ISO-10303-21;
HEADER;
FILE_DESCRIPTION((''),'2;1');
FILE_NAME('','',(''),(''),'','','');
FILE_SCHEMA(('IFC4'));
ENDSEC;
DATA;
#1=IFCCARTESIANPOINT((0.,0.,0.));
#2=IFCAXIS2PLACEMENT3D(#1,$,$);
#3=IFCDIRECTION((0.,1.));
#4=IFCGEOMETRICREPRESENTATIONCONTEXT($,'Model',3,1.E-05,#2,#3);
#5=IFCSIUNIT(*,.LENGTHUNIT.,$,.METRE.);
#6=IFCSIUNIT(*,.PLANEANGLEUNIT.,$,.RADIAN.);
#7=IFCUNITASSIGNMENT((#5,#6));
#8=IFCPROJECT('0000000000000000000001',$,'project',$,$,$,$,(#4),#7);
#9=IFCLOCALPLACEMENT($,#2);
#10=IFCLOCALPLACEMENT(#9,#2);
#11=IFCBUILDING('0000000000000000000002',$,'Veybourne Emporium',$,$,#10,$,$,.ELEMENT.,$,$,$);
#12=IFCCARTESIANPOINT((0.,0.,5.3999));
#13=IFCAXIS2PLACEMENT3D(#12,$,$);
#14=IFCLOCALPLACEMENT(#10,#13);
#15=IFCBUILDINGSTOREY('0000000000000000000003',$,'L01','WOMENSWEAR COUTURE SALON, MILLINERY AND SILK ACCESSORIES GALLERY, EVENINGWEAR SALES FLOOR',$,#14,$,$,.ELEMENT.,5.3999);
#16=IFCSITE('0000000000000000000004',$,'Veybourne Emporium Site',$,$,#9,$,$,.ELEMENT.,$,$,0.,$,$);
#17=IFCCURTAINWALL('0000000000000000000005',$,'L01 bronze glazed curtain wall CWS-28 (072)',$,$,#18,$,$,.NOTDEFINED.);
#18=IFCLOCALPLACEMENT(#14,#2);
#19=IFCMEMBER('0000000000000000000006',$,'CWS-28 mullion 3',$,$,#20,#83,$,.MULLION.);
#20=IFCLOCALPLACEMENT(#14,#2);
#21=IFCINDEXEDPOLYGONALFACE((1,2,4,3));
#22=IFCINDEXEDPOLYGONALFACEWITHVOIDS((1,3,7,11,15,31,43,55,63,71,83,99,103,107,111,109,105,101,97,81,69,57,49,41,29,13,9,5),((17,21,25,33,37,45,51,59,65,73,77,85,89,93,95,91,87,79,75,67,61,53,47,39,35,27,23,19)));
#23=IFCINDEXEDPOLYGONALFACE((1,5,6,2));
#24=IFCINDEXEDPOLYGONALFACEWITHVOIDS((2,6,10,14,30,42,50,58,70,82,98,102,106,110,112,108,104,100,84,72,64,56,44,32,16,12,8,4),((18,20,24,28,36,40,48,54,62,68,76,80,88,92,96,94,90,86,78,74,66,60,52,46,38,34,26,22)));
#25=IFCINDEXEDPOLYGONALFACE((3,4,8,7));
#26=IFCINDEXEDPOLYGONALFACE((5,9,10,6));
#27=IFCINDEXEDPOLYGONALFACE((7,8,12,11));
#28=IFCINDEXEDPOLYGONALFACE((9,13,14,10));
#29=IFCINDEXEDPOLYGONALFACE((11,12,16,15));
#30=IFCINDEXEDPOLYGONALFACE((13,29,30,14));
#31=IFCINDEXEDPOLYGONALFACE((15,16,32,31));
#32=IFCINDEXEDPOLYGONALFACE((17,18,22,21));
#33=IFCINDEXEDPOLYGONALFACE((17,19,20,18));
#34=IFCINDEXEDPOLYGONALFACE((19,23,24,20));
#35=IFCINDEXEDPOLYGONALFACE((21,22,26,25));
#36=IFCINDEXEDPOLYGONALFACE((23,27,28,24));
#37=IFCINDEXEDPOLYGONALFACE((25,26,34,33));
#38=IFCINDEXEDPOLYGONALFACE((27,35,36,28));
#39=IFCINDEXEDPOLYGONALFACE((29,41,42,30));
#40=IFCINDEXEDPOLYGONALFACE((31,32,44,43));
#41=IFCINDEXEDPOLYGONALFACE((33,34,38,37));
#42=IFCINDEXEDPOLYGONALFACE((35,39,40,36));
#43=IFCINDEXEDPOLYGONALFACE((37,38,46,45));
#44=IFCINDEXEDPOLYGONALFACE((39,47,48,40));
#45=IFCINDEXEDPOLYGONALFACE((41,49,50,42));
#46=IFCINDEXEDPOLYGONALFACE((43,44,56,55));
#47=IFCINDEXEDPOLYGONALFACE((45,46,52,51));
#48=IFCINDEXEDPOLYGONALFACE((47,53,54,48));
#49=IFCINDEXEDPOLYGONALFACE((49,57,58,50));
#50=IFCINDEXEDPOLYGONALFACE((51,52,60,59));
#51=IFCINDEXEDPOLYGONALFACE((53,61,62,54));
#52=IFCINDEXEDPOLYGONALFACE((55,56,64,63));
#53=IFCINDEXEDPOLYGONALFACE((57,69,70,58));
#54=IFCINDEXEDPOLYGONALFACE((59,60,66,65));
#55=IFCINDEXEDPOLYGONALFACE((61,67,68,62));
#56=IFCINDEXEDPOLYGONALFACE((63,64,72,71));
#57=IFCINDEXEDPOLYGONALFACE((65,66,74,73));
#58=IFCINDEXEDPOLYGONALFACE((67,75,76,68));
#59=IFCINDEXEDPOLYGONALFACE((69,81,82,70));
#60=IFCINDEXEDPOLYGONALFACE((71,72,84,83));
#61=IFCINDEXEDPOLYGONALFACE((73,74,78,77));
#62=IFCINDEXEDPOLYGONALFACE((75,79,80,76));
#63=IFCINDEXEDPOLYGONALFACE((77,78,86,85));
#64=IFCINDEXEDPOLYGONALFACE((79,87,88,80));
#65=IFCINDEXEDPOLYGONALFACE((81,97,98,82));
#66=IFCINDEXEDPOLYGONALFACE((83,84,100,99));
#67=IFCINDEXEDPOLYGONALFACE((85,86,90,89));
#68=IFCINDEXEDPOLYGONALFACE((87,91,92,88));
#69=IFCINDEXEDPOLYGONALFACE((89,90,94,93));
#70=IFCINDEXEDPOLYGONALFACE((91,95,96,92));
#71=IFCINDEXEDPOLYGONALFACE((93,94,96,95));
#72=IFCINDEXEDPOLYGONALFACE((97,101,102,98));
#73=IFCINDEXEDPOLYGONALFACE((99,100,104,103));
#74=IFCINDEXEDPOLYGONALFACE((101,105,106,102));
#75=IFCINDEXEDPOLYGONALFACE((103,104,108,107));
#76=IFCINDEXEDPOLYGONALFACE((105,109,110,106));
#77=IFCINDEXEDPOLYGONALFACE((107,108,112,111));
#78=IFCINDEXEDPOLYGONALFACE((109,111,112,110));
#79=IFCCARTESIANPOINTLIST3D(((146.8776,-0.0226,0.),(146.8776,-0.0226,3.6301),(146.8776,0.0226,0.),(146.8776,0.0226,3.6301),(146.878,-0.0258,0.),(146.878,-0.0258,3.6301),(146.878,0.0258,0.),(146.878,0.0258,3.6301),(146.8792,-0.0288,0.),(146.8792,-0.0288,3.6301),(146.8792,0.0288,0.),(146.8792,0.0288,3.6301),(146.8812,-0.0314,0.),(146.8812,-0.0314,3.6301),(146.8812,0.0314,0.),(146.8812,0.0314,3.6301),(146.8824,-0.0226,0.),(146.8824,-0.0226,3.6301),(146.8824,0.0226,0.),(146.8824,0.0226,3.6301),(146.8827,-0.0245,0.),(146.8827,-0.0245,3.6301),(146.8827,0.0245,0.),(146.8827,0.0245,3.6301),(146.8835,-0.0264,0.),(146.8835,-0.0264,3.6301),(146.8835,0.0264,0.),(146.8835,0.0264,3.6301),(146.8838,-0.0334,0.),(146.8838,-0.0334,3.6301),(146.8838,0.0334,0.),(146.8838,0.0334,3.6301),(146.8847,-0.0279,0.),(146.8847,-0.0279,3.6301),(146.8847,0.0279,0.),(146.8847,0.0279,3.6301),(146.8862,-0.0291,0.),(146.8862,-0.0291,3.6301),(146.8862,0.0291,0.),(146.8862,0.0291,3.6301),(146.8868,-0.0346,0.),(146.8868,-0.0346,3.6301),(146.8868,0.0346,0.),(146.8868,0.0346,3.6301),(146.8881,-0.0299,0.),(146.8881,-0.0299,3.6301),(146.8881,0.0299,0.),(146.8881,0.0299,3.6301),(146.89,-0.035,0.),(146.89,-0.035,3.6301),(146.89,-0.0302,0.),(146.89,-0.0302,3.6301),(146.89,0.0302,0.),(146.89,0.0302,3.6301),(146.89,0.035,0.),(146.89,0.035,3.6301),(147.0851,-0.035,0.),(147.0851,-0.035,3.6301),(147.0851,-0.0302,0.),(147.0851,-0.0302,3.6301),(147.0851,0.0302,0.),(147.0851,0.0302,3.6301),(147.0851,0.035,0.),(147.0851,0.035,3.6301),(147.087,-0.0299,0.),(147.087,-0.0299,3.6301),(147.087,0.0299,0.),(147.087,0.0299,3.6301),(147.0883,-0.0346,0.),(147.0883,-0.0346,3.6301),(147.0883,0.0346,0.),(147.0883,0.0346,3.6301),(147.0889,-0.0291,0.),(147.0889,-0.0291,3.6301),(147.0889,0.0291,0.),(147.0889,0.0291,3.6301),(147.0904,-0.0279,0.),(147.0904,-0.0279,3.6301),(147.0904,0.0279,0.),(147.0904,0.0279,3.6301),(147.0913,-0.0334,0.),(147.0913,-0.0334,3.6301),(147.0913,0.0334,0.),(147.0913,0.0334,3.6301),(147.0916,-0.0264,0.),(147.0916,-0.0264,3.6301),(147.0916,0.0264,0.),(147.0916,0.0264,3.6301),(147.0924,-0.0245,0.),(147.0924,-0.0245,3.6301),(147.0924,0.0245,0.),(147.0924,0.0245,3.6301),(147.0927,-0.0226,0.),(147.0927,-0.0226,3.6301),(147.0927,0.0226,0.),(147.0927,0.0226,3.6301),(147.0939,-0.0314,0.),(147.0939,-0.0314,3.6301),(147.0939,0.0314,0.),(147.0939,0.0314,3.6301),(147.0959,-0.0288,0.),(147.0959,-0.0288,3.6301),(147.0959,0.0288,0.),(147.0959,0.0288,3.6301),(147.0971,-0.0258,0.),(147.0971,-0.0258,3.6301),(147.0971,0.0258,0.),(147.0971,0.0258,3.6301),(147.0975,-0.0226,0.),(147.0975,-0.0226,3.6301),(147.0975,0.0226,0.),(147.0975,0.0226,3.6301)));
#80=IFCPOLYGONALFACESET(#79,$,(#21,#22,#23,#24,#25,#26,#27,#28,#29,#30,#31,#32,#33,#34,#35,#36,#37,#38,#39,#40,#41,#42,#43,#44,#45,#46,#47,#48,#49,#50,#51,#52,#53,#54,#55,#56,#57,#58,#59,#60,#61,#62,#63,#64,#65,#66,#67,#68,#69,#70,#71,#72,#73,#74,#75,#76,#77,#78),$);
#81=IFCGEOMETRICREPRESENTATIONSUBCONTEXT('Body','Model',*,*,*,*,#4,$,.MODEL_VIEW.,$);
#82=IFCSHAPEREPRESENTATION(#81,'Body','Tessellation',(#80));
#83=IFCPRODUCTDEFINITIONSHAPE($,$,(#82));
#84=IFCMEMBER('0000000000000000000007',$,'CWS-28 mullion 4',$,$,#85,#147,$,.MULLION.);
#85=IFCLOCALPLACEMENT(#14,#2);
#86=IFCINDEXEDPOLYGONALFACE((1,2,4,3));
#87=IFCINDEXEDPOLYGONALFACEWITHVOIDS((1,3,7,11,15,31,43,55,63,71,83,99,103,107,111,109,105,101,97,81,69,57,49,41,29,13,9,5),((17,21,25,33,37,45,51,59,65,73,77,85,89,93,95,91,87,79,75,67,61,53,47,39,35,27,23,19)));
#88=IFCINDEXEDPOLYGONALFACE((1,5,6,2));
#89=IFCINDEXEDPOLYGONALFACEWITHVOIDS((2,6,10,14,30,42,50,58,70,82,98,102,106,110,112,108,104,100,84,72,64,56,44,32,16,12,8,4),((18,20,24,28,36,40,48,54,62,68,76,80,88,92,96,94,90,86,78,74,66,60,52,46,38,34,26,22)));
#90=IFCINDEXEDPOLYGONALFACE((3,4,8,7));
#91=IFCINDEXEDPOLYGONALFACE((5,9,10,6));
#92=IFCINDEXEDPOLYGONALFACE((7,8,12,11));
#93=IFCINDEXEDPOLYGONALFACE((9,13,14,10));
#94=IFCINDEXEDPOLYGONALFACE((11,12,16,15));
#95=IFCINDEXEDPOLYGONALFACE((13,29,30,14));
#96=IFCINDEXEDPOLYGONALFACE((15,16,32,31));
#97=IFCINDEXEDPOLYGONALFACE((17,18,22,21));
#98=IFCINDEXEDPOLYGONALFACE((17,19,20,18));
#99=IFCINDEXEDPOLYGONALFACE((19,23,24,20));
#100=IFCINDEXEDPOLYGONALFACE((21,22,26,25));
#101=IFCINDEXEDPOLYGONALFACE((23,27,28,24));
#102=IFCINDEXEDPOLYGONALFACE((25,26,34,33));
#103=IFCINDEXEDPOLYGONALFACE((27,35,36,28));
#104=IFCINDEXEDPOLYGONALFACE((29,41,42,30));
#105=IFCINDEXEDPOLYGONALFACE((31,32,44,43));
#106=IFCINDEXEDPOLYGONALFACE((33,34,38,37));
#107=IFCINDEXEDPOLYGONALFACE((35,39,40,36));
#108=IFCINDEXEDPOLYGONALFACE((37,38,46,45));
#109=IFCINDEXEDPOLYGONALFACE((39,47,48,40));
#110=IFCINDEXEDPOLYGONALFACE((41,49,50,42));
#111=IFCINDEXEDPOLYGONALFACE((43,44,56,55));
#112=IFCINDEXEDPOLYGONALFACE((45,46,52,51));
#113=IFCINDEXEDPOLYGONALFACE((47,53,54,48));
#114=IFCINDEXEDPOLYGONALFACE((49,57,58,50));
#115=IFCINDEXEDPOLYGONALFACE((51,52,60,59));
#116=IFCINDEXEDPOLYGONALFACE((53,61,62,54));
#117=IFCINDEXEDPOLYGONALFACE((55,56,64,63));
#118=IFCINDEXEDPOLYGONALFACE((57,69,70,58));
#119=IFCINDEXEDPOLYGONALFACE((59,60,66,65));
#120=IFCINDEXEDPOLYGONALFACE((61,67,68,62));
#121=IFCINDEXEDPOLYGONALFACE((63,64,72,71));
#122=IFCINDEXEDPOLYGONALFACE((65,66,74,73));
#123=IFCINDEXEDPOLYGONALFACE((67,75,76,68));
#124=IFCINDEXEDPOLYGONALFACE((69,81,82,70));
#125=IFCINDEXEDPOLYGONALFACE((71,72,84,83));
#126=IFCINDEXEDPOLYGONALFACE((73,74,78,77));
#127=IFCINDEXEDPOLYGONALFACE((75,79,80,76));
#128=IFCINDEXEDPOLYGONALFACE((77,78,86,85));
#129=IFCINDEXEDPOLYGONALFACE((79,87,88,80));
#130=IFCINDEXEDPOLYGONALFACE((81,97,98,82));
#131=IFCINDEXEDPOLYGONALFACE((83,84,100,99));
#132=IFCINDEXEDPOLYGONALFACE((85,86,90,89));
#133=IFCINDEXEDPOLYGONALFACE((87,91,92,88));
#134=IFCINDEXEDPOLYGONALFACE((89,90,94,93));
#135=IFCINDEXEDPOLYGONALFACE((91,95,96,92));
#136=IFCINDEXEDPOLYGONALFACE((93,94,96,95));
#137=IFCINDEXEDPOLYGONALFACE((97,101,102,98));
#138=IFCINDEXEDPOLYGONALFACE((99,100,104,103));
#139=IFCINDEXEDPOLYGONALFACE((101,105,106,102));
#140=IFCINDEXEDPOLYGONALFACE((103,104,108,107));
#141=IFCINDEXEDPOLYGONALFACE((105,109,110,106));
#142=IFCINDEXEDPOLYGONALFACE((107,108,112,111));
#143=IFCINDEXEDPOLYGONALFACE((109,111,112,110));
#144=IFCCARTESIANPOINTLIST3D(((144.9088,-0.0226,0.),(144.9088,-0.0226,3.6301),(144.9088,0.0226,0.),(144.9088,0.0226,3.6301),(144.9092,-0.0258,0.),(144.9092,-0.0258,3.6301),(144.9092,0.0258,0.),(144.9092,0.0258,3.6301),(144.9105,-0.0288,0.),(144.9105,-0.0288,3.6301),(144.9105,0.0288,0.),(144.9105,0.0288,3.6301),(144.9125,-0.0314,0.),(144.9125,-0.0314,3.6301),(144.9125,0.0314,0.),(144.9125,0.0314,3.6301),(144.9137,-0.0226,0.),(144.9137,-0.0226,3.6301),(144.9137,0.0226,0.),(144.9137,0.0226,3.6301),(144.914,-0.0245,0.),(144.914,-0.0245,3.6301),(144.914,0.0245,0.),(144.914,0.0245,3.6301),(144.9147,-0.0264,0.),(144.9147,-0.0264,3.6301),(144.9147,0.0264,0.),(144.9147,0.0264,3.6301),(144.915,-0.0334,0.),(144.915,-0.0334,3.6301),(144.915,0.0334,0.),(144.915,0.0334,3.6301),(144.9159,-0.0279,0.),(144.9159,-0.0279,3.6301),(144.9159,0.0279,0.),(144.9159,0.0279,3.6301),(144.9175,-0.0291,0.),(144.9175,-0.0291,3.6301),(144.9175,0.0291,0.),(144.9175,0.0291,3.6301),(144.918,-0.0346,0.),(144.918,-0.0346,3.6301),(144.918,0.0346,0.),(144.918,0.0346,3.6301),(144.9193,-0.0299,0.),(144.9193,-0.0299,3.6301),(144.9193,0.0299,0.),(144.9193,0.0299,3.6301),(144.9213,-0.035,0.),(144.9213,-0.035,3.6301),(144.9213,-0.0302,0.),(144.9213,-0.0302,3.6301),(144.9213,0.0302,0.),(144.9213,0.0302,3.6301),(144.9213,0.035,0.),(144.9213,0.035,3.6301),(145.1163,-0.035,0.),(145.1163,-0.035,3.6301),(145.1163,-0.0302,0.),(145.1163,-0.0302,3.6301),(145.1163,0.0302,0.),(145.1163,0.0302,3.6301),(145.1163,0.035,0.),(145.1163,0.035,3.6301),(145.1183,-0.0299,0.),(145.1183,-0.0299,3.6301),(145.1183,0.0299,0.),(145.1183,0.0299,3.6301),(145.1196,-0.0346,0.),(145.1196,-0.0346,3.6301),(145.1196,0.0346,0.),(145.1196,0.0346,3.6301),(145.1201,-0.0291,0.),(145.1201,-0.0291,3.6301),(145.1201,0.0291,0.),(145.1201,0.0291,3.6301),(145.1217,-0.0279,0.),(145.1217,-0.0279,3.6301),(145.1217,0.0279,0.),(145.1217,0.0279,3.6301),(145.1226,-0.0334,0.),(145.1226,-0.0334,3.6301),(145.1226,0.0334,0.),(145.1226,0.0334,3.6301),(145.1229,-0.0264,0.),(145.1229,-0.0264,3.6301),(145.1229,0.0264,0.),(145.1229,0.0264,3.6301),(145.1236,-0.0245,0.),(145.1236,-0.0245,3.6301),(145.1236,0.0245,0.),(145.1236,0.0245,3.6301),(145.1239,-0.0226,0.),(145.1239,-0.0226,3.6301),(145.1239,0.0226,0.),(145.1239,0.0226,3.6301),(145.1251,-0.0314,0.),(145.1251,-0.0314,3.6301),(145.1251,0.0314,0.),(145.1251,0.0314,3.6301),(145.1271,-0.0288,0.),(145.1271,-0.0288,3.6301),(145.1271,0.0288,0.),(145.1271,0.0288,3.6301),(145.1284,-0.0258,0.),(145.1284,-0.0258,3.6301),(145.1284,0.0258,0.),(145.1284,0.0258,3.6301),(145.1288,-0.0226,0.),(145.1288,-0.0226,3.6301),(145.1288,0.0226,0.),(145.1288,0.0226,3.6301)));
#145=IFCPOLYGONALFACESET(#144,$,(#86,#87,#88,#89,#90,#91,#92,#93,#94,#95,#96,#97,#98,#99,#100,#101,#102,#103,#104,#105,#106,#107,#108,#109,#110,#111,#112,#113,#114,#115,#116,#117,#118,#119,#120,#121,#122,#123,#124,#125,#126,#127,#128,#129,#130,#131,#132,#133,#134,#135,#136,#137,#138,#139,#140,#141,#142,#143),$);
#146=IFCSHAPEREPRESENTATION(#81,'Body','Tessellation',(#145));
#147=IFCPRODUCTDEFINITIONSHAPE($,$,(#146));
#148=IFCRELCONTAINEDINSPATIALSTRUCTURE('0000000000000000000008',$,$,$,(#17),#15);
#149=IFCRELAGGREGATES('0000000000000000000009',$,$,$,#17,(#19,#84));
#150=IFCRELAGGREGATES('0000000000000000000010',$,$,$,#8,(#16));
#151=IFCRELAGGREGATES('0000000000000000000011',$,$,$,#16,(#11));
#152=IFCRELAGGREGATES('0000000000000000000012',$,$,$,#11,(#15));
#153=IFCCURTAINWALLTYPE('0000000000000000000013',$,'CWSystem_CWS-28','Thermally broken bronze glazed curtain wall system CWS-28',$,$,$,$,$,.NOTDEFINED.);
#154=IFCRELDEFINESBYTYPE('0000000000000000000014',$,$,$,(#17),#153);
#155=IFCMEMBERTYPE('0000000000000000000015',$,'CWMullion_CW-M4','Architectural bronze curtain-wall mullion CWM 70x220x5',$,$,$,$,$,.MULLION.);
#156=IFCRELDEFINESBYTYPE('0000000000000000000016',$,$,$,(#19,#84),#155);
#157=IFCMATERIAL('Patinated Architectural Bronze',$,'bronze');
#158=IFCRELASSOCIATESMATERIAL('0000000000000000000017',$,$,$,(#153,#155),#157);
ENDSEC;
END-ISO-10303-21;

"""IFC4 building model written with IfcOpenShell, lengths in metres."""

from ifc_helpers import new_model, si_unit, direction, frame, origin, origin_2d, place, context, subcontext, project, spatial, hollow_rectangle, extrude, material, material_profile, profile_set, type_object, element, aggregate, save


model = new_model("IFC4")

# Units and contexts
model_context = context("Model", 3, precision=1e-05, world=origin(), true_north=direction((0.0, 1.0)))
body_context = subcontext(model_context, "Body", "Model", "MODEL_VIEW")
ifc_project = project(units=[si_unit("LENGTHUNIT", "METRE"), si_unit("PLANEANGLEUNIT", "RADIAN")], contexts=[model_context])

# Site, building, storey
site_placement = place(None, origin())
site = spatial("IfcSite", under=ifc_project, at=site_placement, Name="Veybourne Emporium Site", CompositionType="ELEMENT", RefElevation=0.0)
building_placement = place(site_placement, origin())
building = spatial("IfcBuilding", under=site, at=building_placement, Name="Veybourne Emporium", CompositionType="ELEMENT")
storey_placement = place(building_placement, frame((0.0, 0.0, 5.3999)))
storey = spatial("IfcBuildingStorey", under=building, at=storey_placement, Name="L01", Description="WOMENSWEAR COUTURE SALON, MILLINERY AND SILK ACCESSORIES GALLERY, EVENINGWEAR SALES FLOOR", CompositionType="ELEMENT", Elevation=5.3999)

# Curtain wall, members
ifc_material_1 = material(Name="Patinated Architectural Bronze", Category="bronze")
curtain_wall_type = type_object("IfcCurtainWallType", Name="CWSystem_CWS-28", Description="Thermally broken bronze glazed curtain wall system CWS-28", PredefinedType="NOTDEFINED", material=ifc_material_1)
curtain_wall_placement = place(storey_placement, origin())
curtain_wall = element("IfcCurtainWall", 1, at=curtain_wall_placement, inside=storey, type_object=curtain_wall_type, Name="L01 bronze glazed curtain wall CWS-28 (072)", PredefinedType="NOTDEFINED")
ifc_material_profile_1 = material_profile(ifc_material_1, hollow_rectangle(XDim=0.0701, YDim=0.22, WallThickness=0.0049, InnerFilletRadius=0.0076, OuterFilletRadius=0.0125, at=origin_2d()), Name="CWM 70x220x5")
ifc_profile_set_1 = profile_set([ifc_material_profile_1], Name="Patinated Architectural Bronze")
member_type_1 = type_object("IfcMemberType", Name="CWMullion_CW-M4", Description="Architectural bronze curtain-wall mullion CWM 70x220x5", PredefinedType="MULLION", material=ifc_profile_set_1)
member_1_placement = place(storey_placement, frame((146.9875, 0.0, 0.0), z_axis=(0.0, 0.0, 1.0), x_axis=(0.0, -1.0, 0.0)))
member_1 = element("IfcMember", 2, at=member_1_placement, type_object=member_type_1, Name="CWS-28 mullion 3", PredefinedType="MULLION", context=body_context, shape_type="SweptSolid", body=[
    extrude(hollow_rectangle(XDim=0.0701, YDim=0.22, WallThickness=0.0049, InnerFilletRadius=0.0076, OuterFilletRadius=0.0125, at=origin_2d()), origin(), (0.0, 0.0, 1.0), 3.6301),
])
member_2_placement = place(storey_placement, frame((145.0188, 0.0, 0.0), z_axis=(0.0, 0.0, 1.0), x_axis=(0.0, -1.0, 0.0)))
member_2 = element("IfcMember", 3, at=member_2_placement, type_object=member_type_1, Name="CWS-28 mullion 4", PredefinedType="MULLION", context=body_context, shape_type="SweptSolid", body=[
    extrude(hollow_rectangle(XDim=0.0701, YDim=0.22, WallThickness=0.0049, InnerFilletRadius=0.0076, OuterFilletRadius=0.0125, at=origin_2d()), origin(), (0.0, 0.0, 1.0), 3.6301),
])

aggregate(curtain_wall, [member_1, member_2])

save(model, "model.ifc")
